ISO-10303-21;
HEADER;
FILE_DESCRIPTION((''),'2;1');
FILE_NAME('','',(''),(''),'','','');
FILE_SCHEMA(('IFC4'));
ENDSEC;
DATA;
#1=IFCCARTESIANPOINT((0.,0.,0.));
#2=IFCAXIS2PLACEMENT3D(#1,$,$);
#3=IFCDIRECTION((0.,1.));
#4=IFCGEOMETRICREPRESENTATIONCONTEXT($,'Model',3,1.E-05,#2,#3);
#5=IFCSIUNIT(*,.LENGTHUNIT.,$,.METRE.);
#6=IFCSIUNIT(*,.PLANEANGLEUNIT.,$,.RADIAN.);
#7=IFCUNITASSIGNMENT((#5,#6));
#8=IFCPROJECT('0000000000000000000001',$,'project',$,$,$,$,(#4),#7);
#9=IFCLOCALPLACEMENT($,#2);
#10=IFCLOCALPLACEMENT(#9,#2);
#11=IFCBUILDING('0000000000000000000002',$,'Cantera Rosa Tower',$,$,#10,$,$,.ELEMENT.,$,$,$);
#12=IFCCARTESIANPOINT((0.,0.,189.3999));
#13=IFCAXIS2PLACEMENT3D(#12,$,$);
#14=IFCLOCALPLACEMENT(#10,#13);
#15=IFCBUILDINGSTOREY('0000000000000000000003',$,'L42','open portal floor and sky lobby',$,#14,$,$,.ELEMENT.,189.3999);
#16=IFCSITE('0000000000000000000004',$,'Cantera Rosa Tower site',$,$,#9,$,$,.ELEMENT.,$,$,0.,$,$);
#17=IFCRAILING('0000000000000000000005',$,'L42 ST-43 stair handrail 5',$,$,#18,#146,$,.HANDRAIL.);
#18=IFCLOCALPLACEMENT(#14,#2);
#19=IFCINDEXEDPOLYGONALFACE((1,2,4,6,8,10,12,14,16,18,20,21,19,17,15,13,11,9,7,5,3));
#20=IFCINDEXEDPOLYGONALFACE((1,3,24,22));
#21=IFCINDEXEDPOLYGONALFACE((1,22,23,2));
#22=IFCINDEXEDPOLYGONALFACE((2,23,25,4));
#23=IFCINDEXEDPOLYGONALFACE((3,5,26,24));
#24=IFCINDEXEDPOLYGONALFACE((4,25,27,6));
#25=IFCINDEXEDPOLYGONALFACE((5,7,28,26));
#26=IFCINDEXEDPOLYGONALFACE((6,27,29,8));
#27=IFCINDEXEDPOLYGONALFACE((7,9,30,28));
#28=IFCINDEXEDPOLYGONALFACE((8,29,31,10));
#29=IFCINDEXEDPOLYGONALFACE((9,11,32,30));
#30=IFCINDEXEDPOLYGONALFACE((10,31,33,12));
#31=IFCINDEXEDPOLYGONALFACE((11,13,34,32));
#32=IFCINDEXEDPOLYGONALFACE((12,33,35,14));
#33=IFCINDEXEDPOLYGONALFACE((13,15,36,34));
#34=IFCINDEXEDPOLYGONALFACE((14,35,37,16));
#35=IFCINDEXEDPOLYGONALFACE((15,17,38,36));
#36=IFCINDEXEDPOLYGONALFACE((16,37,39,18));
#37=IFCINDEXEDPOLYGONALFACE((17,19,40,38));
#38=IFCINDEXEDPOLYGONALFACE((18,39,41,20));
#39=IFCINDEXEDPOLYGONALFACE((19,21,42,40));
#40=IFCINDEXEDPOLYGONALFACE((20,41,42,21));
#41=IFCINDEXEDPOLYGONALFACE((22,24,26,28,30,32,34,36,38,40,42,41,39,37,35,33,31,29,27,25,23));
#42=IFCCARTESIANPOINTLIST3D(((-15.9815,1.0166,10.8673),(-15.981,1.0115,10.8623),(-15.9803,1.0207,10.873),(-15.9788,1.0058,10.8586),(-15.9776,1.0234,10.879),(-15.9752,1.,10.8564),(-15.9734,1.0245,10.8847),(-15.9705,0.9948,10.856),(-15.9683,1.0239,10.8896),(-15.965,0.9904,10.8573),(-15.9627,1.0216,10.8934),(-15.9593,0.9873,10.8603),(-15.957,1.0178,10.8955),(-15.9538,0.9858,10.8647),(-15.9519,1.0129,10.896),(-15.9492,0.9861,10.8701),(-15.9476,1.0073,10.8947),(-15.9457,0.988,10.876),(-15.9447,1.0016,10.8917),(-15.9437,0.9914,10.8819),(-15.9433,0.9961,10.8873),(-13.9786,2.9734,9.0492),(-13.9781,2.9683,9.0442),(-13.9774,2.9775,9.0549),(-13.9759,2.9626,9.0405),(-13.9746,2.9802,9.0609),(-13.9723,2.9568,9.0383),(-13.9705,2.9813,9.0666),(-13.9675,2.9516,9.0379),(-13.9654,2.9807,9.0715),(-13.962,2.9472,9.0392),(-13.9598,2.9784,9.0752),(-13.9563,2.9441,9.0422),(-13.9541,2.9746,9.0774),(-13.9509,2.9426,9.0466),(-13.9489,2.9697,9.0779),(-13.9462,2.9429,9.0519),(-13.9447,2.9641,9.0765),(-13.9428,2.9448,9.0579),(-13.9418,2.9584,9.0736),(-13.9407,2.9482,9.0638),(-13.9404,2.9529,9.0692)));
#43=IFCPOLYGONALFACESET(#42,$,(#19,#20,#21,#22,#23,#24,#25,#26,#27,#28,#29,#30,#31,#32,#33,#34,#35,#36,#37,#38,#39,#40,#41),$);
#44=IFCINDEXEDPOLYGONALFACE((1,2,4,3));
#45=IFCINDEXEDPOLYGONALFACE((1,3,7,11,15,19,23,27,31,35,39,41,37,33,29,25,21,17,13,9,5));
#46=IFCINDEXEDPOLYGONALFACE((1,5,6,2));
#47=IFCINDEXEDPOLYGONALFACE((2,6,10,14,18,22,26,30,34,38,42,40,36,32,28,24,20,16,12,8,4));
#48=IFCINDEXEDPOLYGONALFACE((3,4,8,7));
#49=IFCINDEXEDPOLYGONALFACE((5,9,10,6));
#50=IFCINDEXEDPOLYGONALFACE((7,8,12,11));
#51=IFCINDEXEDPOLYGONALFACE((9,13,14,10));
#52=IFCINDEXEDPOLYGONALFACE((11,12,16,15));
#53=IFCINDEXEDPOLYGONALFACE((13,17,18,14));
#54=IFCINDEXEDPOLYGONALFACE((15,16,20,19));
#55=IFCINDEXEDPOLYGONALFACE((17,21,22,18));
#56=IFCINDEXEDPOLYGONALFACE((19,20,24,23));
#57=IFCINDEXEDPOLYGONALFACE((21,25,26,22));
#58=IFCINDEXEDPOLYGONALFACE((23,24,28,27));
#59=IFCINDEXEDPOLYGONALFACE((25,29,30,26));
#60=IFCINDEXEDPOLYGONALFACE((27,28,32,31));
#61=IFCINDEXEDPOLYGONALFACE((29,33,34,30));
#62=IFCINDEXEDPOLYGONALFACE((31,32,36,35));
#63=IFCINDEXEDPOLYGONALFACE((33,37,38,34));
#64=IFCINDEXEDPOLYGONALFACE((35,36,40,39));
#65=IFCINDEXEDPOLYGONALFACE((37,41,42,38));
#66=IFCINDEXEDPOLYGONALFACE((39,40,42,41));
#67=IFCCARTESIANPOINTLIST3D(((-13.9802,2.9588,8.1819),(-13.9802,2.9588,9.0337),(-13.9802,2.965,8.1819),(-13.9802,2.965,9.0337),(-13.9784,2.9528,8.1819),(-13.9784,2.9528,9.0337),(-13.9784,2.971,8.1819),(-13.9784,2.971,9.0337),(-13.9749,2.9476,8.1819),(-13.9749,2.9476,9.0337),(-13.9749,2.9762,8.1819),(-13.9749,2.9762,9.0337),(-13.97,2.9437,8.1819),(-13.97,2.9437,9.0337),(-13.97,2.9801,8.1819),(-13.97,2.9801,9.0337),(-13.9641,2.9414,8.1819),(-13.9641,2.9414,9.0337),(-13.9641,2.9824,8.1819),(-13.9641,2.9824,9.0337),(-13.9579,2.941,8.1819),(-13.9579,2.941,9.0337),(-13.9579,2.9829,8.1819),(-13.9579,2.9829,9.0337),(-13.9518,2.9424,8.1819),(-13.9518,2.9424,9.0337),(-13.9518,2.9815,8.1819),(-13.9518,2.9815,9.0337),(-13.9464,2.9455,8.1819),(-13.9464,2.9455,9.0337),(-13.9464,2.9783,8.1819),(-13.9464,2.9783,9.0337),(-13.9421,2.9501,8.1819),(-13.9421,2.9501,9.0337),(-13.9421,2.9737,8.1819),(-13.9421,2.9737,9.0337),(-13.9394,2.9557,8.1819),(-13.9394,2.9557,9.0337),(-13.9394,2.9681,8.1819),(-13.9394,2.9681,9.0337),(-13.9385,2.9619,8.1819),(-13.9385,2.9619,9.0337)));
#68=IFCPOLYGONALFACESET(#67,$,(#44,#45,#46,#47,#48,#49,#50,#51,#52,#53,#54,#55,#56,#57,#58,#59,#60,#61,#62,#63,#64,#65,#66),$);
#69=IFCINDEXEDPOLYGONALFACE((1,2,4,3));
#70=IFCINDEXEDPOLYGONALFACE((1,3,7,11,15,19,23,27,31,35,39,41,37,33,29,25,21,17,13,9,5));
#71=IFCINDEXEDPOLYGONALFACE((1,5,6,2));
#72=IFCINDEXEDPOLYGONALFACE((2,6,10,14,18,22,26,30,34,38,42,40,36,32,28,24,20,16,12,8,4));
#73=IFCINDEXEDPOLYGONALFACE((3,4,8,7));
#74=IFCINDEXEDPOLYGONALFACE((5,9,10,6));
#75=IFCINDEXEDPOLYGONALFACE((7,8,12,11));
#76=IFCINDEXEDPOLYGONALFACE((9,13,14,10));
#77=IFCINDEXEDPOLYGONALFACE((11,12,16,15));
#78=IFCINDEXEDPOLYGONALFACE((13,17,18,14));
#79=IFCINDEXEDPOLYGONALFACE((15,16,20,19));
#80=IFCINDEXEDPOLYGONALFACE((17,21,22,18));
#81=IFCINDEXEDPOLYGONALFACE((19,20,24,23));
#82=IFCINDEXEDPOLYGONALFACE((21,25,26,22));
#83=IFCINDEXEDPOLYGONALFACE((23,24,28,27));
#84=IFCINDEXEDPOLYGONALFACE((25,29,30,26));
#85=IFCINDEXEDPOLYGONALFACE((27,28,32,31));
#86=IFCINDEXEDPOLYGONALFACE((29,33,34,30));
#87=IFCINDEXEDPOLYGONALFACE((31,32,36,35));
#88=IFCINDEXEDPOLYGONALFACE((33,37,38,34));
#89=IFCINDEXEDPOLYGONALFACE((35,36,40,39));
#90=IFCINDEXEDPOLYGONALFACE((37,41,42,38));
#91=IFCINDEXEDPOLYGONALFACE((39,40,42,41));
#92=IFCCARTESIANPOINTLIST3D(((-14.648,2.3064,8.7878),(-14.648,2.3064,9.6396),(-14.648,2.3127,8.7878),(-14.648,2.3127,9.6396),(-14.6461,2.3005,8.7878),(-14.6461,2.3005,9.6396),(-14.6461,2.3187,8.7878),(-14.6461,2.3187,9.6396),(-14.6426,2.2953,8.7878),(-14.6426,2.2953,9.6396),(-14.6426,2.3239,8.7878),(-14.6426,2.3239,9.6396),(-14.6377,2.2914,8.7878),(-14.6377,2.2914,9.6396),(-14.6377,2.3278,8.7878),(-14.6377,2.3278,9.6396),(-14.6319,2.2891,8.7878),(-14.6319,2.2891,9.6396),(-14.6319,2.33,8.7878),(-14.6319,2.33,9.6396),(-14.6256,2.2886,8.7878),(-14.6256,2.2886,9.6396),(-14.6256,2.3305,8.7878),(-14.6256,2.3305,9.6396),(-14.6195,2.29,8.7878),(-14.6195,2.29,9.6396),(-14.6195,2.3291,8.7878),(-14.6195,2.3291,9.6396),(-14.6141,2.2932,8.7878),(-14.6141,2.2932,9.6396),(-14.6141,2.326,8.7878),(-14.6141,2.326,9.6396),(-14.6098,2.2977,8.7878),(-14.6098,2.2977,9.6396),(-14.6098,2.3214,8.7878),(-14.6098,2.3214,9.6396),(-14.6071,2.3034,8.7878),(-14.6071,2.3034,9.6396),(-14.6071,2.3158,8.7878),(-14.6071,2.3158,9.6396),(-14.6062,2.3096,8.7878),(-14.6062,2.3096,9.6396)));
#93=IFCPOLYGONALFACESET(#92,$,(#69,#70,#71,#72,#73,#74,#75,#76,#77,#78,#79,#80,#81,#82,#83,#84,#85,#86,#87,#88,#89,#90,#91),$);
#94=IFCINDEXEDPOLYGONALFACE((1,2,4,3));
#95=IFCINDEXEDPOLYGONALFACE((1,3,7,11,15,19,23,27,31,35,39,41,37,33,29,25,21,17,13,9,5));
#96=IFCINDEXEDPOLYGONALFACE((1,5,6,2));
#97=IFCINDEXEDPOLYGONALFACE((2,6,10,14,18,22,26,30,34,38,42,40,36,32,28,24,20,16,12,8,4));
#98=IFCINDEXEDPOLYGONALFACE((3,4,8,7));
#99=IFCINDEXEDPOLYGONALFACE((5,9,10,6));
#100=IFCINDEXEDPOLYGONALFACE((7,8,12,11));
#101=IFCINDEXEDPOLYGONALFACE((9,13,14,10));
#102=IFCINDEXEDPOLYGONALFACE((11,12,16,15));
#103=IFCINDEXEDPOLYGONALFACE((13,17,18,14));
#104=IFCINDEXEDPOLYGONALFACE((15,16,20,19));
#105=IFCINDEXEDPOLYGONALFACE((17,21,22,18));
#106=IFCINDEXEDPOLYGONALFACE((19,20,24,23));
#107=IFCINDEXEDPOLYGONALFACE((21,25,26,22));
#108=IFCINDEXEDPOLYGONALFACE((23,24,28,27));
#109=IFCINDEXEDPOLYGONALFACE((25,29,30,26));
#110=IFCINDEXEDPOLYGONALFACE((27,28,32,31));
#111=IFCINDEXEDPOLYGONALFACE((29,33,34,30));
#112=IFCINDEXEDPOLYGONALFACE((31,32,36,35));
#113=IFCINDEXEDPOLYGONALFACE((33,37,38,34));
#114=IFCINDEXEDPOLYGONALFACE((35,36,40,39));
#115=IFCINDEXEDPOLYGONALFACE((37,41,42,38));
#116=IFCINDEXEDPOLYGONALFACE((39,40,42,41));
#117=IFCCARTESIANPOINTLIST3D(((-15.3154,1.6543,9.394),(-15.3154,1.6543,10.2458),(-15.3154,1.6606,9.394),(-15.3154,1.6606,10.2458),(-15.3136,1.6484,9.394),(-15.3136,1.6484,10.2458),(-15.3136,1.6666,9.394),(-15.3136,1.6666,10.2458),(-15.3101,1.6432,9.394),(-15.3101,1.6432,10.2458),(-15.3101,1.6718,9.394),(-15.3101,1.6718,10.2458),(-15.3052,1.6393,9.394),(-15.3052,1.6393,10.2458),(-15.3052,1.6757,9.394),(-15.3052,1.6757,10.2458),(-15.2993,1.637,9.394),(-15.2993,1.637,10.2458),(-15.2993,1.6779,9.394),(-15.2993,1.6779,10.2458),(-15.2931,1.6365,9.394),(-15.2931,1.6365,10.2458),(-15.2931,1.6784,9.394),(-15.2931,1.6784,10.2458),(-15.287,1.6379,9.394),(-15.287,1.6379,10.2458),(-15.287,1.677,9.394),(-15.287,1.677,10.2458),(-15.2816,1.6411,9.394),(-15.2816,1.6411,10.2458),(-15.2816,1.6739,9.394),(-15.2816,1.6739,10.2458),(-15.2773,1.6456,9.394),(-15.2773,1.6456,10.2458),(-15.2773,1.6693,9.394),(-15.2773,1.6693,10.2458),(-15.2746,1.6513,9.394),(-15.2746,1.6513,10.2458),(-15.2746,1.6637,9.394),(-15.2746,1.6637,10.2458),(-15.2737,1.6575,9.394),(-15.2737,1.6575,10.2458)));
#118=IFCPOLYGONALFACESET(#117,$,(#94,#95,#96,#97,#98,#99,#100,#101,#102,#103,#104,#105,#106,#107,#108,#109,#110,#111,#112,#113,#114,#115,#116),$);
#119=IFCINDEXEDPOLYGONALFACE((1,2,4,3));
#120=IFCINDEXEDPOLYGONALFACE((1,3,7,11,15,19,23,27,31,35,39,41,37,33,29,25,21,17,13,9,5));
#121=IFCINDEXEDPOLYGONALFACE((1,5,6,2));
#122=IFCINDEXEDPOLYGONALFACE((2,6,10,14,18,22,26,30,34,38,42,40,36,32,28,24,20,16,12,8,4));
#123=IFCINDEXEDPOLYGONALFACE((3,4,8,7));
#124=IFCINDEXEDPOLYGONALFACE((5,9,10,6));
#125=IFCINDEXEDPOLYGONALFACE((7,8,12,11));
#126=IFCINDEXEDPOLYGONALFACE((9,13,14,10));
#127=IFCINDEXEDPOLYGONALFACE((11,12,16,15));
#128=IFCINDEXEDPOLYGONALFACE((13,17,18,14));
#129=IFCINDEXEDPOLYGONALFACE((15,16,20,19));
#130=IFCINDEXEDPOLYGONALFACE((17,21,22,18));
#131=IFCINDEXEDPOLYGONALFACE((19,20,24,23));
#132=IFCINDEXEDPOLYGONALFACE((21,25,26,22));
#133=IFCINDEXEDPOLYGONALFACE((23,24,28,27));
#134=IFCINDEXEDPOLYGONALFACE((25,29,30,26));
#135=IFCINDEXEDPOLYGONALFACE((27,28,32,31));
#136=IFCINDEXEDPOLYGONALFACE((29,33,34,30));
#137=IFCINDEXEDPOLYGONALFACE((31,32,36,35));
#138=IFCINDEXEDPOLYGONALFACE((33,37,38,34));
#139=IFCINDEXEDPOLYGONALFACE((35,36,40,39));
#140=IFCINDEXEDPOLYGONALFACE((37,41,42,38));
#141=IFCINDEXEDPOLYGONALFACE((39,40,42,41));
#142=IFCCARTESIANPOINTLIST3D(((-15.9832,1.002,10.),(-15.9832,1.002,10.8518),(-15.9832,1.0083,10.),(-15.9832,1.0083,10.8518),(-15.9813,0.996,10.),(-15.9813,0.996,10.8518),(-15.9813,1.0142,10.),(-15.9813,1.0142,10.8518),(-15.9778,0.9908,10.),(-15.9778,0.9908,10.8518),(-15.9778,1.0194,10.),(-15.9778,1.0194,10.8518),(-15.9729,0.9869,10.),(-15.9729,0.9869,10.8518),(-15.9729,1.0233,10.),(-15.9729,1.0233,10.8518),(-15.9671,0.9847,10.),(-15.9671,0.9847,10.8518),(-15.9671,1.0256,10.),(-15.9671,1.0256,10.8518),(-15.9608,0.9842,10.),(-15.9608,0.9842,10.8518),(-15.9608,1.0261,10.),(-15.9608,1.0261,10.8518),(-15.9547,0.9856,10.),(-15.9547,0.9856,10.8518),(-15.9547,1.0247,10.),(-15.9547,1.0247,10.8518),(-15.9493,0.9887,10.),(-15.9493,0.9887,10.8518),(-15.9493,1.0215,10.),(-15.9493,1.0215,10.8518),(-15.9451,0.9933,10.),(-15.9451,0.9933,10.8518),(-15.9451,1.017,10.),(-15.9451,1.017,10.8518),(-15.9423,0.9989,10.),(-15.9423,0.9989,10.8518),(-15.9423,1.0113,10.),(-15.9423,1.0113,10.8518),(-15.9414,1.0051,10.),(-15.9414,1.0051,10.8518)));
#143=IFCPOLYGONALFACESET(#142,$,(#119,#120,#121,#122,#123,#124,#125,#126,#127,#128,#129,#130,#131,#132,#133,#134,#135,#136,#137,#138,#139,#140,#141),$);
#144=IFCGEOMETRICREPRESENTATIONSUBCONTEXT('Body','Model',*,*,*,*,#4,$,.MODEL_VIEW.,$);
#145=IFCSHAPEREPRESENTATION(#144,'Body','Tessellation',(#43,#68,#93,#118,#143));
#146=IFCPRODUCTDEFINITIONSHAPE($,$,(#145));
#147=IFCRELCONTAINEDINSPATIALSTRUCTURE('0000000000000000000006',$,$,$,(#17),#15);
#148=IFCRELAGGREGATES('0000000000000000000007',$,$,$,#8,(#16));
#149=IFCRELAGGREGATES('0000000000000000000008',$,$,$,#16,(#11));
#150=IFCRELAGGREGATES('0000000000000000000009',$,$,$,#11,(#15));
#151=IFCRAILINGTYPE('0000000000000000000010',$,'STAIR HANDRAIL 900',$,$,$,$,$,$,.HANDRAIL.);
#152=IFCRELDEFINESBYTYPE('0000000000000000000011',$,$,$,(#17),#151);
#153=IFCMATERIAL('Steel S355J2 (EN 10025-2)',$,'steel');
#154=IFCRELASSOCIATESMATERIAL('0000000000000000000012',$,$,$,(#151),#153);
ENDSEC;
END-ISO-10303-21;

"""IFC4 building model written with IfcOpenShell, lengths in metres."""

from ifc_helpers import new_model, si_unit, direction, frame, origin, origin_2d, place, context, subcontext, project, spatial, circle, extrude, material, type_object, element, save


model = new_model("IFC4")

# Units and contexts
model_context = context("Model", 3, precision=1e-05, world=origin(), true_north=direction((0.0, 1.0)))
body_context = subcontext(model_context, "Body", "Model", "MODEL_VIEW")
ifc_project = project(units=[si_unit("LENGTHUNIT", "METRE"), si_unit("PLANEANGLEUNIT", "RADIAN")], contexts=[model_context])

# Site, building, storey
site_placement = place(None, origin())
site = spatial("IfcSite", under=ifc_project, at=site_placement, Name="Cantera Rosa Tower site", CompositionType="ELEMENT", RefElevation=0.0)
building_placement = place(site_placement, origin())
building = spatial("IfcBuilding", under=site, at=building_placement, Name="Cantera Rosa Tower", CompositionType="ELEMENT")
storey_placement = place(building_placement, frame((0.0, 0.0, 189.3999)))
storey = spatial("IfcBuildingStorey", under=building, at=storey_placement, Name="L42", Description="open portal floor and sky lobby", CompositionType="ELEMENT", Elevation=189.3999)

# Railing
ifc_material_1 = material(Name="Steel S355J2 (EN 10025-2)", Category="steel")
railing_type_1 = type_object("IfcRailingType", Name="STAIR HANDRAIL 900", PredefinedType="HANDRAIL", material=ifc_material_1)
for number, where, name in (
    (1, (-13.9595, 2.9619, 8.1819), "L42 ST-43 stair handrail 5"),
):
    element("IfcRailing", number, at=place(storey_placement, frame(where)), inside=storey, type_object=railing_type_1, Name=name, PredefinedType="HANDRAIL", context=body_context, shape_type="SweptSolid", body=[
        extrude(circle(Radius=0.0239, at=origin_2d()), frame((0.0, 0.0, 0.876), z_axis=(-0.59993, -0.586109, 0.544573), x_axis=(0.698819, -0.715298, 0.0)), (0.0, 0.0, 1.0), 3.3386),
        extrude(circle(Radius=0.021, at=origin_2d()), origin(), (0.0, 0.0, 1.0), 0.8518),
        extrude(circle(Radius=0.021, at=origin_2d()), frame((-0.6677, -0.6523, 0.606)), (0.0, 0.0, 1.0), 0.8518),
        extrude(circle(Radius=0.021, at=origin_2d()), frame((-1.3352, -1.3044, 1.2122)), (0.0, 0.0, 1.0), 0.8518),
        extrude(circle(Radius=0.021, at=origin_2d()), frame((-2.0029, -1.9568, 1.8181)), (0.0, 0.0, 1.0), 0.8518),
    ])

save(model, "model.ifc")
